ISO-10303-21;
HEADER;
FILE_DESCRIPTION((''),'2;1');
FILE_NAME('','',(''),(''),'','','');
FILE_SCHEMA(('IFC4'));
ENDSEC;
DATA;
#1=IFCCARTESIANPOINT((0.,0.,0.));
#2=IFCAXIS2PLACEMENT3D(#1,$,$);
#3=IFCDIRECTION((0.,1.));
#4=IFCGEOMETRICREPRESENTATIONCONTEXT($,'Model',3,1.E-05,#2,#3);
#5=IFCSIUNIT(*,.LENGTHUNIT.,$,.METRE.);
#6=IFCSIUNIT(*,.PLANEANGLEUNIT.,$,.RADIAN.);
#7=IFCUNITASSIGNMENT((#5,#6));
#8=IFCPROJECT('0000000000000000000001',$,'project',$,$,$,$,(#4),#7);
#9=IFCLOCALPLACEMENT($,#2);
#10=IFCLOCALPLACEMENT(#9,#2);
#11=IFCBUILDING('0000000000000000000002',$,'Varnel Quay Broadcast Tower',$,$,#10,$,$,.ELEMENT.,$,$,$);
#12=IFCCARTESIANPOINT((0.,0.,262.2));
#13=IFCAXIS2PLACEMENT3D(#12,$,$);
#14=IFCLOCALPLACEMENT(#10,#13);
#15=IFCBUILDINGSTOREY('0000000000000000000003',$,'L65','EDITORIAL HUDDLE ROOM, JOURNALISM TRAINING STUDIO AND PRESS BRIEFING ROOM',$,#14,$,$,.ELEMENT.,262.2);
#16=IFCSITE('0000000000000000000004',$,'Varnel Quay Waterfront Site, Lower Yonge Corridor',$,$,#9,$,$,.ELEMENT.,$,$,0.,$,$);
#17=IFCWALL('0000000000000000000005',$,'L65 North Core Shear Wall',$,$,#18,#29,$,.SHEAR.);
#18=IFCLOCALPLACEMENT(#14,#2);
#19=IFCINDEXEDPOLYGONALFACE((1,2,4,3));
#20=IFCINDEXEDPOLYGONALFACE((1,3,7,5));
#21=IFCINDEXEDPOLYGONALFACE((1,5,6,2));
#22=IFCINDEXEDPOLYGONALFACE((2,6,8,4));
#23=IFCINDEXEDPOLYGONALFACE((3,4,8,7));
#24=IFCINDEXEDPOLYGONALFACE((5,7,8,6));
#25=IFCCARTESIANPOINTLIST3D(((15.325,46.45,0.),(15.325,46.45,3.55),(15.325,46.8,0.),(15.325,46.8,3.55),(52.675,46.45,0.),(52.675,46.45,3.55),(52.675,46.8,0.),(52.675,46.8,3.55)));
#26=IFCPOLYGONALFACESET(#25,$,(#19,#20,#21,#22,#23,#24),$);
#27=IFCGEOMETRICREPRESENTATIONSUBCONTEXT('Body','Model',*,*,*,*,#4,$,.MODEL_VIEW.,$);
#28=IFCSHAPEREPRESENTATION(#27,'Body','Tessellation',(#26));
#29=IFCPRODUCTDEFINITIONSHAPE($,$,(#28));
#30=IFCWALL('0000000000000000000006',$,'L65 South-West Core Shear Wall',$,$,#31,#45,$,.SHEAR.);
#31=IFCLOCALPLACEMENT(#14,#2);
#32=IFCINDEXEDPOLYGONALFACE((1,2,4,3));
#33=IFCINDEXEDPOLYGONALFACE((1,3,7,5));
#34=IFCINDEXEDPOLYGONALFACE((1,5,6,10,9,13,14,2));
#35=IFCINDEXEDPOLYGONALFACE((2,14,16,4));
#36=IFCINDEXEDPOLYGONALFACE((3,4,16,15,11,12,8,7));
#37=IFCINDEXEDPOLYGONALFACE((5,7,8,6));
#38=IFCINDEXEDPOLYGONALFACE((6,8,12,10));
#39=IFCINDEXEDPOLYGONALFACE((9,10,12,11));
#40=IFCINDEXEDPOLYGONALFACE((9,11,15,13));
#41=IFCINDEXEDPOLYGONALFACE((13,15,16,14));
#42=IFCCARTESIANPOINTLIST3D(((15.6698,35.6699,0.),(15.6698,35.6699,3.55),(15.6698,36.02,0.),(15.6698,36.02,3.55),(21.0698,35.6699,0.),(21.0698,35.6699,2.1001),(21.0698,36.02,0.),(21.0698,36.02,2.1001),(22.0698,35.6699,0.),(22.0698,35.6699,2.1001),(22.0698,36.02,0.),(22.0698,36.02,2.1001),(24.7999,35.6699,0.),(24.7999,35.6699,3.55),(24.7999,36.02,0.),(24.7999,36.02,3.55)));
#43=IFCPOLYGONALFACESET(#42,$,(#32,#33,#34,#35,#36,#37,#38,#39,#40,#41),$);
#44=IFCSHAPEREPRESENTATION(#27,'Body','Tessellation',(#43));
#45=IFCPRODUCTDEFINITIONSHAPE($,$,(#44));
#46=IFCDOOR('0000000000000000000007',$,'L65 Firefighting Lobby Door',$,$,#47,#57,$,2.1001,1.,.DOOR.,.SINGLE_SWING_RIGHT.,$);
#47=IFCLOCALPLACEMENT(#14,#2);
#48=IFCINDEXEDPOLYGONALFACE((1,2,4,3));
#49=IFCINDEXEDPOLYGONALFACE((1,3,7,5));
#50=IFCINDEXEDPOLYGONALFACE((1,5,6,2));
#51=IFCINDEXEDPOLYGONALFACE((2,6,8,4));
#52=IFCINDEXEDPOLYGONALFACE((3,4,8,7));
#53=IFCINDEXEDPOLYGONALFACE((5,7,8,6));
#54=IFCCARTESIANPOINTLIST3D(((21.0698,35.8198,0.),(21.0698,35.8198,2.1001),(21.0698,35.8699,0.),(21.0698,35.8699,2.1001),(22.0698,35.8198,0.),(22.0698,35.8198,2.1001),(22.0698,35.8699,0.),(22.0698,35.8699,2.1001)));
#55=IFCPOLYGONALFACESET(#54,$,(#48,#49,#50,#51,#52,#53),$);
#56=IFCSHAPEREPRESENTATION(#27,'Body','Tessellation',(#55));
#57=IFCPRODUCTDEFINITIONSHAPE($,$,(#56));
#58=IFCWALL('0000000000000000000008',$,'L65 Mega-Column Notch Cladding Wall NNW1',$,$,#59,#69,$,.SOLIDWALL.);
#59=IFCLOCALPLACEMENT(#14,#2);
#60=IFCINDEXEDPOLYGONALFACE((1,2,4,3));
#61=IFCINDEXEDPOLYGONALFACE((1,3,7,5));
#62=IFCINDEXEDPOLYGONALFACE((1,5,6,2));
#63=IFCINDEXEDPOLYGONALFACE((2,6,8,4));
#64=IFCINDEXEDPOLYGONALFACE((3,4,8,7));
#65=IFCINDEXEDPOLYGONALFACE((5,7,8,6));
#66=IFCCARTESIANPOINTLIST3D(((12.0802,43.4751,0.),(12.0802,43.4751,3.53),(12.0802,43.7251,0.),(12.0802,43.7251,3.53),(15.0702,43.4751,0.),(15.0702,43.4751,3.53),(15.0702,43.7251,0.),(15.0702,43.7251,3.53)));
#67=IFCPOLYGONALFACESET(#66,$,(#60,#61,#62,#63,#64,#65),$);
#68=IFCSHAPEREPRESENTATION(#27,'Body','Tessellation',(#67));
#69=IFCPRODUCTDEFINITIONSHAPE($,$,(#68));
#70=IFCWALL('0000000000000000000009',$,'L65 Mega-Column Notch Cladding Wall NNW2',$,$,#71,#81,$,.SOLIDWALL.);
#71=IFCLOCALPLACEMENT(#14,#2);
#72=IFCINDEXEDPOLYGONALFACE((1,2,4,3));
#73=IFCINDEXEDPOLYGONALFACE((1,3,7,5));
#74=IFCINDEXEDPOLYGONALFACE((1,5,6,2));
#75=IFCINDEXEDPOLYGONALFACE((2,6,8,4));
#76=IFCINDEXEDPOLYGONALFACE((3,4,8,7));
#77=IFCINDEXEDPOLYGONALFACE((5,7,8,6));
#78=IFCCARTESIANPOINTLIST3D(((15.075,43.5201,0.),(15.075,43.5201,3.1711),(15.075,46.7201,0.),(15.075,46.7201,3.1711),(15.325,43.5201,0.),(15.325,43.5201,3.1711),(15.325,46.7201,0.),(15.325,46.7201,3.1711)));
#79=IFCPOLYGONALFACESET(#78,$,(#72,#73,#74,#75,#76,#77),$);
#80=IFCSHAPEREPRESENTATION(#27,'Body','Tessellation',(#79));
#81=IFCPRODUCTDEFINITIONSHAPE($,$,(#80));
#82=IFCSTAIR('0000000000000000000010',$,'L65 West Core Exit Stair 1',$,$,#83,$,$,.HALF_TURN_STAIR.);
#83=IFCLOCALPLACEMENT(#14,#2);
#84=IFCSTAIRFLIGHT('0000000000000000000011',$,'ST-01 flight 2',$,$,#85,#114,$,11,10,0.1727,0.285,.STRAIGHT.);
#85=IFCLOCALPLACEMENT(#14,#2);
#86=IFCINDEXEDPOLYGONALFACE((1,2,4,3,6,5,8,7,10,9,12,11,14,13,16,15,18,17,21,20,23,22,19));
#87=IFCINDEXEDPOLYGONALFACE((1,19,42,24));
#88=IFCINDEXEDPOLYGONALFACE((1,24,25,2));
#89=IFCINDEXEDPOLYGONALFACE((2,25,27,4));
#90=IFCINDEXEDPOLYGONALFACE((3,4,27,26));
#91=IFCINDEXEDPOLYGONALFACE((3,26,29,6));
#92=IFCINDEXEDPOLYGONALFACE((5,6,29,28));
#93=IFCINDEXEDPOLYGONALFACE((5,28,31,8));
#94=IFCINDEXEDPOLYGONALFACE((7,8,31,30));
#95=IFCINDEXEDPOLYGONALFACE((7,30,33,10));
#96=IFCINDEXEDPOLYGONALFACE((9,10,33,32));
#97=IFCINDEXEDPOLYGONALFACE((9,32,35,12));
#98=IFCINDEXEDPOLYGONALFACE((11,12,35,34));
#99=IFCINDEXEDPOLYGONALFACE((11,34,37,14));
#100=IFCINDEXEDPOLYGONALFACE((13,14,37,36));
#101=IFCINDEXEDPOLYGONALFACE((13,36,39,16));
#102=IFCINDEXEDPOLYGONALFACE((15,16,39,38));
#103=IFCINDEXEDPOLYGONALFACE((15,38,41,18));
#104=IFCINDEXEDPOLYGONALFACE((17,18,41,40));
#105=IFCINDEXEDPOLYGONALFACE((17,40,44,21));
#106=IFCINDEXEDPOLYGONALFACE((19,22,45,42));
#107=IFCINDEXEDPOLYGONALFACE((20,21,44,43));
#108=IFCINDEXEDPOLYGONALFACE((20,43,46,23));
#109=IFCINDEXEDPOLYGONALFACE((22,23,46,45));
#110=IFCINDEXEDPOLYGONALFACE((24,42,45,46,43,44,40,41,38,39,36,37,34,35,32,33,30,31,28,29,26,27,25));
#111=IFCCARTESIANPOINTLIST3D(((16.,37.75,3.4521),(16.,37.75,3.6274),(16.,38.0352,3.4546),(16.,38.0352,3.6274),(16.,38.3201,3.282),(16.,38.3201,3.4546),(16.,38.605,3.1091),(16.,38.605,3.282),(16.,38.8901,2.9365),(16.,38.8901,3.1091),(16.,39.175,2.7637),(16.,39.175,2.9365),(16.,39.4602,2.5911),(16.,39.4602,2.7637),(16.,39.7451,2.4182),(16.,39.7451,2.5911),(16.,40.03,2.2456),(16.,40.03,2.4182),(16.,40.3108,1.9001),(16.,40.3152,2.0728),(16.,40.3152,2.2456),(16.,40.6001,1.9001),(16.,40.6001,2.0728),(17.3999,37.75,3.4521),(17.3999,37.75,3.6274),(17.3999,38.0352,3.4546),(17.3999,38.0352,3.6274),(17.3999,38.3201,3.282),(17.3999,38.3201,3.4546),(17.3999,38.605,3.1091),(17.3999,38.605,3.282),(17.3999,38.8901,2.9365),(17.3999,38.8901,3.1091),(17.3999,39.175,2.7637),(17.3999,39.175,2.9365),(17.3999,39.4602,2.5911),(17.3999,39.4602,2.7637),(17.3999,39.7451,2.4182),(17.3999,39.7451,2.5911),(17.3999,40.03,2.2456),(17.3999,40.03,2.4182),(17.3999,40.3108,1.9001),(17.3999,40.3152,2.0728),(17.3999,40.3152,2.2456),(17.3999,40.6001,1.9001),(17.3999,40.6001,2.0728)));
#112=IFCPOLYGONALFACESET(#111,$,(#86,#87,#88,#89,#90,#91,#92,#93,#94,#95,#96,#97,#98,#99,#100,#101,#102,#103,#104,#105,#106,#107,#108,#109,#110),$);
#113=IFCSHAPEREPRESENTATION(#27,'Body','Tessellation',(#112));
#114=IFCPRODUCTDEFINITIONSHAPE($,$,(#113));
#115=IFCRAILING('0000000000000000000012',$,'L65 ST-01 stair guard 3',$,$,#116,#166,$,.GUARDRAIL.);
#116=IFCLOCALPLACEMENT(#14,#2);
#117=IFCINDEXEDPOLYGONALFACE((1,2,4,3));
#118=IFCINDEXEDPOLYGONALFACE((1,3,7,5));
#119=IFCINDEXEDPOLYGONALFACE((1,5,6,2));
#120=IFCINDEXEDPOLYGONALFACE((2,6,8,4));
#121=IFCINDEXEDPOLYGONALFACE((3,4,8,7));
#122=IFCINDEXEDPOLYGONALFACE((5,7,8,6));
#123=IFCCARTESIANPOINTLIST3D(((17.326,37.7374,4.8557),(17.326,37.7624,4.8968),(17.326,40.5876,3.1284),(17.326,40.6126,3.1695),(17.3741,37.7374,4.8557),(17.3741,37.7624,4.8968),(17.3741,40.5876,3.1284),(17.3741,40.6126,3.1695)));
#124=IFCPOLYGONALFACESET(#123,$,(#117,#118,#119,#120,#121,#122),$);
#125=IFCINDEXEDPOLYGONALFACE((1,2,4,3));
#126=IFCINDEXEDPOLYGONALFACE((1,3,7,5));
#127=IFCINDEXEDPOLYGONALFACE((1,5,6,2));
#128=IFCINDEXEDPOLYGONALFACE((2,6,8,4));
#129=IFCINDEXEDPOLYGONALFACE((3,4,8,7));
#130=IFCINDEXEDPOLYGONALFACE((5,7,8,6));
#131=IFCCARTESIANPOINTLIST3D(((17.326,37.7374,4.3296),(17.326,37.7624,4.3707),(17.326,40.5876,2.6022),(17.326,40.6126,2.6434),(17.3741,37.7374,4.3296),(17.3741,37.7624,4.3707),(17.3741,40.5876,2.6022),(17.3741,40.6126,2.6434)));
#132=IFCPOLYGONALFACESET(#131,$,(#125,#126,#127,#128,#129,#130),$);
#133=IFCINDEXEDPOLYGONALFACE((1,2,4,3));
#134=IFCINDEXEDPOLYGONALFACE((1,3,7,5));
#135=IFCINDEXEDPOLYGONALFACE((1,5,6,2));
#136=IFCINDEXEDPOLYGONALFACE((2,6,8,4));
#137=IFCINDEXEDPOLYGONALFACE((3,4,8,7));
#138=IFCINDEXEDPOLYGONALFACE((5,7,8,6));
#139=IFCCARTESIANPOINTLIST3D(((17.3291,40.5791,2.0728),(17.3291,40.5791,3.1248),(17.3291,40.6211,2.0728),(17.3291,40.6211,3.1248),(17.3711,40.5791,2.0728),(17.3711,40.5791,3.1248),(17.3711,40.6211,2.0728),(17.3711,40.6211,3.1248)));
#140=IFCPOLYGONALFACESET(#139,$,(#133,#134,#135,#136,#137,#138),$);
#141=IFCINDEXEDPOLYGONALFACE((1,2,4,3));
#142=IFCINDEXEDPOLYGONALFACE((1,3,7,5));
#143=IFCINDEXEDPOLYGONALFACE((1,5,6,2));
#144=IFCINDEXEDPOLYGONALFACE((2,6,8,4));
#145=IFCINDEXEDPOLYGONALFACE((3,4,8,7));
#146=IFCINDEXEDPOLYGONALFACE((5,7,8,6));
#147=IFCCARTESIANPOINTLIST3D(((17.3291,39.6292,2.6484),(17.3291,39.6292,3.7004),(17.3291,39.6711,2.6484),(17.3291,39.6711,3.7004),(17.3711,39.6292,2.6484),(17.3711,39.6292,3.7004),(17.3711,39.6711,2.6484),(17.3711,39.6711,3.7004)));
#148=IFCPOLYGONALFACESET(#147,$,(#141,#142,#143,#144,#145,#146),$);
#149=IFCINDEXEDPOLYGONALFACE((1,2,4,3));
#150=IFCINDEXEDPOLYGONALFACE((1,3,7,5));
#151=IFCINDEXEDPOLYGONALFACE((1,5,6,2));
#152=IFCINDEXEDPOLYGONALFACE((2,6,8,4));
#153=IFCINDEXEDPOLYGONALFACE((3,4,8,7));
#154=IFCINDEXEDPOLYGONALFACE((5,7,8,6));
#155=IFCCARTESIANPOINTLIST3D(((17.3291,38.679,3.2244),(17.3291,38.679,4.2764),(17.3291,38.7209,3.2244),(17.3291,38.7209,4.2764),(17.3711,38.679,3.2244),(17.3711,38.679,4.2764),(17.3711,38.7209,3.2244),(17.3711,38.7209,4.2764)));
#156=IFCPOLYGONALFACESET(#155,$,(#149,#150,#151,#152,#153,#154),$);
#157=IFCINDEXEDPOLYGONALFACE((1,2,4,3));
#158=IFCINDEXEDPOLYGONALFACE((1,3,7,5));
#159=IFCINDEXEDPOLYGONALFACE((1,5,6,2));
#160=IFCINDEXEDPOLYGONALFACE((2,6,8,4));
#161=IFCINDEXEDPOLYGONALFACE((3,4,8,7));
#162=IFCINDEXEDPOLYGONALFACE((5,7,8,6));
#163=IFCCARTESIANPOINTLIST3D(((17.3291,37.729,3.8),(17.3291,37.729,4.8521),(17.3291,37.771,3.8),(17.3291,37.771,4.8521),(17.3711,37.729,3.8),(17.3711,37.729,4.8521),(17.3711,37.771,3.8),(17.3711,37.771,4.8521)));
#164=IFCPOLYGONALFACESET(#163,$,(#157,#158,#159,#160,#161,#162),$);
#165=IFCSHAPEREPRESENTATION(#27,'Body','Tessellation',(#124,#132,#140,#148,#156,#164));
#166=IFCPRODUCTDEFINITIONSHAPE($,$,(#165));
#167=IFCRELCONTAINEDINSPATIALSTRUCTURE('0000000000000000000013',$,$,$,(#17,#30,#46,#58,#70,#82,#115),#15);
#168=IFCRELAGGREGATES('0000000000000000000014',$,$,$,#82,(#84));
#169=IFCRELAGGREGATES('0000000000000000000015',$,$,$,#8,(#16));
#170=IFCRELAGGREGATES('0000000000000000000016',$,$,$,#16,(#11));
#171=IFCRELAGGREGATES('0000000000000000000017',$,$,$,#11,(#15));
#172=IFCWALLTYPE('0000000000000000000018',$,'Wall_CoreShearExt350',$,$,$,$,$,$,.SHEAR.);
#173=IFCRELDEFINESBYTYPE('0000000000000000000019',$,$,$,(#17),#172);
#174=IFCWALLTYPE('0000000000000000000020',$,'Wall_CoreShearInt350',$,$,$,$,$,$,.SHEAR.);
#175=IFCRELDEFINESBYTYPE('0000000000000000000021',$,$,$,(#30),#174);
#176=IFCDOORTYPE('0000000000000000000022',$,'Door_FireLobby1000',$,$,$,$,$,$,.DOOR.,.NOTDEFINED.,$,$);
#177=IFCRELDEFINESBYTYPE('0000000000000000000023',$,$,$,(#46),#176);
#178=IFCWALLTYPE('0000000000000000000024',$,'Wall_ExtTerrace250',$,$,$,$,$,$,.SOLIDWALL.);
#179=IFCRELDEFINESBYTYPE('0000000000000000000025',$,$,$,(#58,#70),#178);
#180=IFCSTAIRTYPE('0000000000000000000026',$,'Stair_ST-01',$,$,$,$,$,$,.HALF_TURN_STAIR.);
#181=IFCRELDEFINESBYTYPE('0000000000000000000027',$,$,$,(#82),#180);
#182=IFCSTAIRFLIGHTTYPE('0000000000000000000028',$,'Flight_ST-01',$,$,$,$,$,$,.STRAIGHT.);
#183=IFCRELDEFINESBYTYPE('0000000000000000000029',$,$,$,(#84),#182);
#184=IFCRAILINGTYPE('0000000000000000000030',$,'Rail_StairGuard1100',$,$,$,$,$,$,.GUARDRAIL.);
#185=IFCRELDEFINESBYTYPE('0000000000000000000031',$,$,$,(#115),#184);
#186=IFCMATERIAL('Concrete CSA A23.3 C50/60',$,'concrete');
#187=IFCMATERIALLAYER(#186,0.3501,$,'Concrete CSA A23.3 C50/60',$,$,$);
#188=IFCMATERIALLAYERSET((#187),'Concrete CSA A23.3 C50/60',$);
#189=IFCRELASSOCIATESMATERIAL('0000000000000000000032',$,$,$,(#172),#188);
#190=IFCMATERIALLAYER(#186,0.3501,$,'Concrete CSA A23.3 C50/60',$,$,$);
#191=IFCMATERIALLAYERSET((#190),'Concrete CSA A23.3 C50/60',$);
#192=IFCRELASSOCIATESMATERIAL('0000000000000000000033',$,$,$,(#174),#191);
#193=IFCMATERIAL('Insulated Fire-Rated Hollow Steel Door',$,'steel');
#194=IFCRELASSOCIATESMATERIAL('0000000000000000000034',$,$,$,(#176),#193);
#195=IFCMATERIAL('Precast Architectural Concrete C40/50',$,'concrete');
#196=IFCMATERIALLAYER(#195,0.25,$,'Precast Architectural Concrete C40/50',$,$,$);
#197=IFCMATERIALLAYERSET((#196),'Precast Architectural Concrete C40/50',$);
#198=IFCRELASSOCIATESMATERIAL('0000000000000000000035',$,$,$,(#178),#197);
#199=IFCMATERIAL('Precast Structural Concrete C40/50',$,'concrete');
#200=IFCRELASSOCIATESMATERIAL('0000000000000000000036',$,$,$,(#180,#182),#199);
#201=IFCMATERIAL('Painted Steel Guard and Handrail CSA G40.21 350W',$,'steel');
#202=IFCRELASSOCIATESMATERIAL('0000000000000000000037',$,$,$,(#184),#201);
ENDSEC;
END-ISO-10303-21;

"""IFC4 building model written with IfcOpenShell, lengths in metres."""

from ifc_helpers import new_model, si_unit, direction, frame, frame_2d, origin, origin_2d, place, context, subcontext, project, spatial, polyline, rectangle, outline, extrude, source, transform, mapped, material, layer, layer_set, type_object, type_shapes, element, fill, aggregate, save


model = new_model("IFC4")

# Units and contexts
model_context = context("Model", 3, precision=1e-05, world=origin(), true_north=direction((0.0, 1.0)))
body_context = subcontext(model_context, "Body", "Model", "MODEL_VIEW")
ifc_project = project(units=[si_unit("LENGTHUNIT", "METRE"), si_unit("PLANEANGLEUNIT", "RADIAN")], contexts=[model_context])

# Site, building, storey
site_placement = place(None, origin())
site = spatial("IfcSite", under=ifc_project, at=site_placement, Name="Varnel Quay Waterfront Site, Lower Yonge Corridor", CompositionType="ELEMENT", RefElevation=0.0)
building_placement = place(site_placement, origin())
building = spatial("IfcBuilding", under=site, at=building_placement, Name="Varnel Quay Broadcast Tower", CompositionType="ELEMENT")
storey_placement = place(building_placement, frame((0.0, 0.0, 262.2)))
storey = spatial("IfcBuildingStorey", under=building, at=storey_placement, Name="L65", Description="EDITORIAL HUDDLE ROOM, JOURNALISM TRAINING STUDIO AND PRESS BRIEFING ROOM", CompositionType="ELEMENT", Elevation=262.2)

# Wall
ifc_material_1 = material(Name="Concrete CSA A23.3 C50/60", Category="concrete")
ifc_layer_1 = layer(ifc_material_1, 0.3501, Name="Concrete CSA A23.3 C50/60")
ifc_layer_set_1 = layer_set([ifc_layer_1], Name="Concrete CSA A23.3 C50/60")
wall_type_1 = type_object("IfcWallType", Name="Wall_CoreShearExt350", PredefinedType="SHEAR", material=ifc_layer_set_1)
wall_1_placement = place(storey_placement, frame((15.325, 46.625, 0.0), z_axis=(0.0, 0.0, 1.0), x_axis=(1.0, 0.0, 0.0)))
element("IfcWall", 1, at=wall_1_placement, inside=storey, type_object=wall_type_1, Name="L65 North Core Shear Wall", PredefinedType="SHEAR", context=body_context, shape_type="SweptSolid", body=[
    extrude(rectangle(XDim=37.3501, YDim=0.3501, at=frame_2d((18.675, 0.0))), origin(), (0.0, 0.0, 1.0), 3.55),
])

# Wall, opening, door
ifc_layer_2 = layer(ifc_material_1, 0.3501, Name="Concrete CSA A23.3 C50/60")
ifc_layer_set_2 = layer_set([ifc_layer_2], Name="Concrete CSA A23.3 C50/60")
wall_type_2 = type_object("IfcWallType", Name="Wall_CoreShearInt350", PredefinedType="SHEAR", material=ifc_layer_set_2)
wall_2_placement = place(storey_placement, frame((15.6699, 35.845, 0.0), z_axis=(0.0, 0.0, 1.0), x_axis=(1.0, 0.0, 0.0)))
wall_2 = element("IfcWall", 2, at=wall_2_placement, inside=storey, type_object=wall_type_2, Name="L65 South-West Core Shear Wall", PredefinedType="SHEAR", context=body_context, shape_type="SweptSolid", body=[
    extrude(rectangle(XDim=9.1301, YDim=0.3501, at=frame_2d((4.5649, 0.0))), origin(), (0.0, 0.0, 1.0), 3.55),
])
opening_placement = place(wall_2_placement, frame((5.3999, 0.0, 0.0)))
opening = element("IfcOpeningElement", 3, at=opening_placement, cuts=wall_2, PredefinedType="OPENING", context=body_context, shape_type="SweptSolid", body=[
    extrude(rectangle(XDim=1.0, YDim=2.1001, at=frame_2d((0.5, 1.05))), frame((0.0, 0.1851, 0.0), z_axis=(0.0, -1.0, 0.0), x_axis=(1.0, 0.0, 0.0)), (0.0, 0.0, 1.0), 0.3701),
])
ifc_material_2 = material(Name="Insulated Fire-Rated Hollow Steel Door", Category="steel")
door_type = type_object("IfcDoorType", Name="Door_FireLobby1000", OperationType="NOTDEFINED", PredefinedType="DOOR", material=ifc_material_2)
shared_shape_1 = source(origin(), body_context, "Body", "SweptSolid", [
    extrude(rectangle(XDim=1.0, YDim=2.1001, at=frame_2d((0.5, 1.05))), frame((0.0, 0.0249, 0.0), z_axis=(0.0, -1.0, 0.0), x_axis=(1.0, 0.0, 0.0)), (0.0, 0.0, 1.0), 0.05),
])
type_shapes(door_type, [shared_shape_1])
door_placement = place(opening_placement, origin())
door = element("IfcDoor", 4, at=door_placement, inside=storey, type_object=door_type, Name="L65 Firefighting Lobby Door", OperationType="SINGLE_SWING_RIGHT", OverallHeight=2.1001, OverallWidth=1.0, PredefinedType="DOOR", context=body_context, shape_type="MappedRepresentation", body=[
    mapped(shared_shape_1, transform((0.0, 0.0, 0.0), x_axis=(1.0, 0.0, 0.0), y_axis=(0.0, 1.0, 0.0), z_axis=(0.0, 0.0, 1.0), scale=1.0)),
])
fill(opening, door)

# Walls
ifc_material_3 = material(Name="Precast Architectural Concrete C40/50", Category="concrete")
ifc_layer_3 = layer(ifc_material_3, 0.25, Name="Precast Architectural Concrete C40/50")
ifc_layer_set_3 = layer_set([ifc_layer_3], Name="Precast Architectural Concrete C40/50")
wall_type_3 = type_object("IfcWallType", Name="Wall_ExtTerrace250", PredefinedType="SOLIDWALL", material=ifc_layer_set_3)
wall_3_placement = place(storey_placement, frame((12.0801, 43.6001, 0.0), z_axis=(0.0, 0.0, 1.0), x_axis=(1.0, 0.0, 0.0)))
element("IfcWall", 5, at=wall_3_placement, inside=storey, type_object=wall_type_3, Name="L65 Mega-Column Notch Cladding Wall NNW1", PredefinedType="SOLIDWALL", context=body_context, shape_type="SweptSolid", body=[
    extrude(rectangle(XDim=2.99, YDim=0.25, at=frame_2d((1.4951, 0.0))), origin(), (0.0, 0.0, 1.0), 3.53),
])
wall_4_placement = place(storey_placement, frame((15.2, 43.52, 0.0), z_axis=(0.0, 0.0, 1.0), x_axis=(0.0, 1.0, 0.0)))
element("IfcWall", 6, at=wall_4_placement, inside=storey, type_object=wall_type_3, Name="L65 Mega-Column Notch Cladding Wall NNW2", PredefinedType="SOLIDWALL", context=body_context, shape_type="SweptSolid", body=[
    extrude(rectangle(XDim=3.2, YDim=0.25, at=frame_2d((1.6001, 0.0))), origin(), (0.0, 0.0, 1.0), 3.1711),
])

# Stair, stair flight
ifc_material_4 = material(Name="Precast Structural Concrete C40/50", Category="concrete")
stair_type = type_object("IfcStairType", Name="Stair_ST-01", PredefinedType="HALF_TURN_STAIR", material=ifc_material_4)
stair_placement = place(storey_placement, origin())
stair = element("IfcStair", 7, at=stair_placement, inside=storey, type_object=stair_type, Name="L65 West Core Exit Stair 1", PredefinedType="HALF_TURN_STAIR")
stair_flight_type = type_object("IfcStairFlightType", Name="Flight_ST-01", PredefinedType="STRAIGHT", material=ifc_material_4)
stair_flight_placement = place(storey_placement, frame((16.7, 40.6001, 1.9001), z_axis=(0.0, 0.0, 1.0), x_axis=(0.0, -1.0, 0.0)))
stair_flight = element("IfcStairFlight", 8, at=stair_flight_placement, type_object=stair_flight_type, Name="ST-01 flight 2", NumberOfRisers=11, NumberOfTreads=10, PredefinedType="STRAIGHT", RiserHeight=0.1727, TreadLength=0.285, context=body_context, shape_type="SweptSolid", body=[
    extrude(outline(polyline([(0.0, 0.0), (0.0, 0.1726), (0.2849, 0.1726), (0.2849, 0.3455), (0.5701, 0.3455), (0.5701, 0.5181), (0.855, 0.5181), (0.855, 0.6909), (1.1399, 0.6909), (1.1399, 0.8635), (1.425, 0.8635), (1.425, 1.0364), (1.71, 1.0364), (1.71, 1.209), (1.9951, 1.209), (1.9951, 1.3818), (2.28, 1.3818), (2.28, 1.5544), (2.5649, 1.5544), (2.5649, 1.7273), (2.8501, 1.7273), (2.8501, 1.8999), (2.8501, 1.552), (0.2893, 0.0), (0.0, 0.0)])), frame((0.0, 0.7, 0.0), z_axis=(0.0, -1.0, 0.0), x_axis=(1.0, 0.0, 0.0)), (0.0, 0.0, 1.0), 1.3999),
])
aggregate(stair, [stair_flight])

# Railing
ifc_material_5 = material(Name="Painted Steel Guard and Handrail CSA G40.21 350W", Category="steel")
railing_type_1 = type_object("IfcRailingType", Name="Rail_StairGuard1100", PredefinedType="GUARDRAIL", material=ifc_material_5)
railing_1_placement = place(storey_placement, frame((17.3501, 40.6001, 2.0728)))
element("IfcRailing", 9, at=railing_1_placement, inside=storey, type_object=railing_type_1, Name="L65 ST-01 stair guard 3", PredefinedType="GUARDRAIL", context=body_context, shape_type="SweptSolid", body=[
    extrude(rectangle(XDim=0.0481, YDim=0.0481, at=origin_2d()), frame((0.0, 0.0, 1.0762), z_axis=(0.0, -0.855203, 0.518294), x_axis=(1.0, 0.0, 0.0)), (0.0, 0.0, 1.0), 3.3328),
    extrude(rectangle(XDim=0.0481, YDim=0.0481, at=origin_2d()), frame((0.0, 0.0, 0.55), z_axis=(0.0, -0.855203, 0.518294), x_axis=(1.0, 0.0, 0.0)), (0.0, 0.0, 1.0), 3.3328),
    extrude(rectangle(XDim=0.042, YDim=0.042, at=origin_2d()), origin(), (0.0, 0.0, 1.0), 1.052),
    extrude(rectangle(XDim=0.042, YDim=0.042, at=origin_2d()), frame((0.0, -0.95, 0.5757)), (0.0, 0.0, 1.0), 1.052),
    extrude(rectangle(XDim=0.042, YDim=0.042, at=origin_2d()), frame((0.0, -1.9001, 1.1516)), (0.0, 0.0, 1.0), 1.052),
    extrude(rectangle(XDim=0.042, YDim=0.042, at=origin_2d()), frame((0.0, -2.8501, 1.7273)), (0.0, 0.0, 1.0), 1.052),
])

save(model, "model.ifc")
